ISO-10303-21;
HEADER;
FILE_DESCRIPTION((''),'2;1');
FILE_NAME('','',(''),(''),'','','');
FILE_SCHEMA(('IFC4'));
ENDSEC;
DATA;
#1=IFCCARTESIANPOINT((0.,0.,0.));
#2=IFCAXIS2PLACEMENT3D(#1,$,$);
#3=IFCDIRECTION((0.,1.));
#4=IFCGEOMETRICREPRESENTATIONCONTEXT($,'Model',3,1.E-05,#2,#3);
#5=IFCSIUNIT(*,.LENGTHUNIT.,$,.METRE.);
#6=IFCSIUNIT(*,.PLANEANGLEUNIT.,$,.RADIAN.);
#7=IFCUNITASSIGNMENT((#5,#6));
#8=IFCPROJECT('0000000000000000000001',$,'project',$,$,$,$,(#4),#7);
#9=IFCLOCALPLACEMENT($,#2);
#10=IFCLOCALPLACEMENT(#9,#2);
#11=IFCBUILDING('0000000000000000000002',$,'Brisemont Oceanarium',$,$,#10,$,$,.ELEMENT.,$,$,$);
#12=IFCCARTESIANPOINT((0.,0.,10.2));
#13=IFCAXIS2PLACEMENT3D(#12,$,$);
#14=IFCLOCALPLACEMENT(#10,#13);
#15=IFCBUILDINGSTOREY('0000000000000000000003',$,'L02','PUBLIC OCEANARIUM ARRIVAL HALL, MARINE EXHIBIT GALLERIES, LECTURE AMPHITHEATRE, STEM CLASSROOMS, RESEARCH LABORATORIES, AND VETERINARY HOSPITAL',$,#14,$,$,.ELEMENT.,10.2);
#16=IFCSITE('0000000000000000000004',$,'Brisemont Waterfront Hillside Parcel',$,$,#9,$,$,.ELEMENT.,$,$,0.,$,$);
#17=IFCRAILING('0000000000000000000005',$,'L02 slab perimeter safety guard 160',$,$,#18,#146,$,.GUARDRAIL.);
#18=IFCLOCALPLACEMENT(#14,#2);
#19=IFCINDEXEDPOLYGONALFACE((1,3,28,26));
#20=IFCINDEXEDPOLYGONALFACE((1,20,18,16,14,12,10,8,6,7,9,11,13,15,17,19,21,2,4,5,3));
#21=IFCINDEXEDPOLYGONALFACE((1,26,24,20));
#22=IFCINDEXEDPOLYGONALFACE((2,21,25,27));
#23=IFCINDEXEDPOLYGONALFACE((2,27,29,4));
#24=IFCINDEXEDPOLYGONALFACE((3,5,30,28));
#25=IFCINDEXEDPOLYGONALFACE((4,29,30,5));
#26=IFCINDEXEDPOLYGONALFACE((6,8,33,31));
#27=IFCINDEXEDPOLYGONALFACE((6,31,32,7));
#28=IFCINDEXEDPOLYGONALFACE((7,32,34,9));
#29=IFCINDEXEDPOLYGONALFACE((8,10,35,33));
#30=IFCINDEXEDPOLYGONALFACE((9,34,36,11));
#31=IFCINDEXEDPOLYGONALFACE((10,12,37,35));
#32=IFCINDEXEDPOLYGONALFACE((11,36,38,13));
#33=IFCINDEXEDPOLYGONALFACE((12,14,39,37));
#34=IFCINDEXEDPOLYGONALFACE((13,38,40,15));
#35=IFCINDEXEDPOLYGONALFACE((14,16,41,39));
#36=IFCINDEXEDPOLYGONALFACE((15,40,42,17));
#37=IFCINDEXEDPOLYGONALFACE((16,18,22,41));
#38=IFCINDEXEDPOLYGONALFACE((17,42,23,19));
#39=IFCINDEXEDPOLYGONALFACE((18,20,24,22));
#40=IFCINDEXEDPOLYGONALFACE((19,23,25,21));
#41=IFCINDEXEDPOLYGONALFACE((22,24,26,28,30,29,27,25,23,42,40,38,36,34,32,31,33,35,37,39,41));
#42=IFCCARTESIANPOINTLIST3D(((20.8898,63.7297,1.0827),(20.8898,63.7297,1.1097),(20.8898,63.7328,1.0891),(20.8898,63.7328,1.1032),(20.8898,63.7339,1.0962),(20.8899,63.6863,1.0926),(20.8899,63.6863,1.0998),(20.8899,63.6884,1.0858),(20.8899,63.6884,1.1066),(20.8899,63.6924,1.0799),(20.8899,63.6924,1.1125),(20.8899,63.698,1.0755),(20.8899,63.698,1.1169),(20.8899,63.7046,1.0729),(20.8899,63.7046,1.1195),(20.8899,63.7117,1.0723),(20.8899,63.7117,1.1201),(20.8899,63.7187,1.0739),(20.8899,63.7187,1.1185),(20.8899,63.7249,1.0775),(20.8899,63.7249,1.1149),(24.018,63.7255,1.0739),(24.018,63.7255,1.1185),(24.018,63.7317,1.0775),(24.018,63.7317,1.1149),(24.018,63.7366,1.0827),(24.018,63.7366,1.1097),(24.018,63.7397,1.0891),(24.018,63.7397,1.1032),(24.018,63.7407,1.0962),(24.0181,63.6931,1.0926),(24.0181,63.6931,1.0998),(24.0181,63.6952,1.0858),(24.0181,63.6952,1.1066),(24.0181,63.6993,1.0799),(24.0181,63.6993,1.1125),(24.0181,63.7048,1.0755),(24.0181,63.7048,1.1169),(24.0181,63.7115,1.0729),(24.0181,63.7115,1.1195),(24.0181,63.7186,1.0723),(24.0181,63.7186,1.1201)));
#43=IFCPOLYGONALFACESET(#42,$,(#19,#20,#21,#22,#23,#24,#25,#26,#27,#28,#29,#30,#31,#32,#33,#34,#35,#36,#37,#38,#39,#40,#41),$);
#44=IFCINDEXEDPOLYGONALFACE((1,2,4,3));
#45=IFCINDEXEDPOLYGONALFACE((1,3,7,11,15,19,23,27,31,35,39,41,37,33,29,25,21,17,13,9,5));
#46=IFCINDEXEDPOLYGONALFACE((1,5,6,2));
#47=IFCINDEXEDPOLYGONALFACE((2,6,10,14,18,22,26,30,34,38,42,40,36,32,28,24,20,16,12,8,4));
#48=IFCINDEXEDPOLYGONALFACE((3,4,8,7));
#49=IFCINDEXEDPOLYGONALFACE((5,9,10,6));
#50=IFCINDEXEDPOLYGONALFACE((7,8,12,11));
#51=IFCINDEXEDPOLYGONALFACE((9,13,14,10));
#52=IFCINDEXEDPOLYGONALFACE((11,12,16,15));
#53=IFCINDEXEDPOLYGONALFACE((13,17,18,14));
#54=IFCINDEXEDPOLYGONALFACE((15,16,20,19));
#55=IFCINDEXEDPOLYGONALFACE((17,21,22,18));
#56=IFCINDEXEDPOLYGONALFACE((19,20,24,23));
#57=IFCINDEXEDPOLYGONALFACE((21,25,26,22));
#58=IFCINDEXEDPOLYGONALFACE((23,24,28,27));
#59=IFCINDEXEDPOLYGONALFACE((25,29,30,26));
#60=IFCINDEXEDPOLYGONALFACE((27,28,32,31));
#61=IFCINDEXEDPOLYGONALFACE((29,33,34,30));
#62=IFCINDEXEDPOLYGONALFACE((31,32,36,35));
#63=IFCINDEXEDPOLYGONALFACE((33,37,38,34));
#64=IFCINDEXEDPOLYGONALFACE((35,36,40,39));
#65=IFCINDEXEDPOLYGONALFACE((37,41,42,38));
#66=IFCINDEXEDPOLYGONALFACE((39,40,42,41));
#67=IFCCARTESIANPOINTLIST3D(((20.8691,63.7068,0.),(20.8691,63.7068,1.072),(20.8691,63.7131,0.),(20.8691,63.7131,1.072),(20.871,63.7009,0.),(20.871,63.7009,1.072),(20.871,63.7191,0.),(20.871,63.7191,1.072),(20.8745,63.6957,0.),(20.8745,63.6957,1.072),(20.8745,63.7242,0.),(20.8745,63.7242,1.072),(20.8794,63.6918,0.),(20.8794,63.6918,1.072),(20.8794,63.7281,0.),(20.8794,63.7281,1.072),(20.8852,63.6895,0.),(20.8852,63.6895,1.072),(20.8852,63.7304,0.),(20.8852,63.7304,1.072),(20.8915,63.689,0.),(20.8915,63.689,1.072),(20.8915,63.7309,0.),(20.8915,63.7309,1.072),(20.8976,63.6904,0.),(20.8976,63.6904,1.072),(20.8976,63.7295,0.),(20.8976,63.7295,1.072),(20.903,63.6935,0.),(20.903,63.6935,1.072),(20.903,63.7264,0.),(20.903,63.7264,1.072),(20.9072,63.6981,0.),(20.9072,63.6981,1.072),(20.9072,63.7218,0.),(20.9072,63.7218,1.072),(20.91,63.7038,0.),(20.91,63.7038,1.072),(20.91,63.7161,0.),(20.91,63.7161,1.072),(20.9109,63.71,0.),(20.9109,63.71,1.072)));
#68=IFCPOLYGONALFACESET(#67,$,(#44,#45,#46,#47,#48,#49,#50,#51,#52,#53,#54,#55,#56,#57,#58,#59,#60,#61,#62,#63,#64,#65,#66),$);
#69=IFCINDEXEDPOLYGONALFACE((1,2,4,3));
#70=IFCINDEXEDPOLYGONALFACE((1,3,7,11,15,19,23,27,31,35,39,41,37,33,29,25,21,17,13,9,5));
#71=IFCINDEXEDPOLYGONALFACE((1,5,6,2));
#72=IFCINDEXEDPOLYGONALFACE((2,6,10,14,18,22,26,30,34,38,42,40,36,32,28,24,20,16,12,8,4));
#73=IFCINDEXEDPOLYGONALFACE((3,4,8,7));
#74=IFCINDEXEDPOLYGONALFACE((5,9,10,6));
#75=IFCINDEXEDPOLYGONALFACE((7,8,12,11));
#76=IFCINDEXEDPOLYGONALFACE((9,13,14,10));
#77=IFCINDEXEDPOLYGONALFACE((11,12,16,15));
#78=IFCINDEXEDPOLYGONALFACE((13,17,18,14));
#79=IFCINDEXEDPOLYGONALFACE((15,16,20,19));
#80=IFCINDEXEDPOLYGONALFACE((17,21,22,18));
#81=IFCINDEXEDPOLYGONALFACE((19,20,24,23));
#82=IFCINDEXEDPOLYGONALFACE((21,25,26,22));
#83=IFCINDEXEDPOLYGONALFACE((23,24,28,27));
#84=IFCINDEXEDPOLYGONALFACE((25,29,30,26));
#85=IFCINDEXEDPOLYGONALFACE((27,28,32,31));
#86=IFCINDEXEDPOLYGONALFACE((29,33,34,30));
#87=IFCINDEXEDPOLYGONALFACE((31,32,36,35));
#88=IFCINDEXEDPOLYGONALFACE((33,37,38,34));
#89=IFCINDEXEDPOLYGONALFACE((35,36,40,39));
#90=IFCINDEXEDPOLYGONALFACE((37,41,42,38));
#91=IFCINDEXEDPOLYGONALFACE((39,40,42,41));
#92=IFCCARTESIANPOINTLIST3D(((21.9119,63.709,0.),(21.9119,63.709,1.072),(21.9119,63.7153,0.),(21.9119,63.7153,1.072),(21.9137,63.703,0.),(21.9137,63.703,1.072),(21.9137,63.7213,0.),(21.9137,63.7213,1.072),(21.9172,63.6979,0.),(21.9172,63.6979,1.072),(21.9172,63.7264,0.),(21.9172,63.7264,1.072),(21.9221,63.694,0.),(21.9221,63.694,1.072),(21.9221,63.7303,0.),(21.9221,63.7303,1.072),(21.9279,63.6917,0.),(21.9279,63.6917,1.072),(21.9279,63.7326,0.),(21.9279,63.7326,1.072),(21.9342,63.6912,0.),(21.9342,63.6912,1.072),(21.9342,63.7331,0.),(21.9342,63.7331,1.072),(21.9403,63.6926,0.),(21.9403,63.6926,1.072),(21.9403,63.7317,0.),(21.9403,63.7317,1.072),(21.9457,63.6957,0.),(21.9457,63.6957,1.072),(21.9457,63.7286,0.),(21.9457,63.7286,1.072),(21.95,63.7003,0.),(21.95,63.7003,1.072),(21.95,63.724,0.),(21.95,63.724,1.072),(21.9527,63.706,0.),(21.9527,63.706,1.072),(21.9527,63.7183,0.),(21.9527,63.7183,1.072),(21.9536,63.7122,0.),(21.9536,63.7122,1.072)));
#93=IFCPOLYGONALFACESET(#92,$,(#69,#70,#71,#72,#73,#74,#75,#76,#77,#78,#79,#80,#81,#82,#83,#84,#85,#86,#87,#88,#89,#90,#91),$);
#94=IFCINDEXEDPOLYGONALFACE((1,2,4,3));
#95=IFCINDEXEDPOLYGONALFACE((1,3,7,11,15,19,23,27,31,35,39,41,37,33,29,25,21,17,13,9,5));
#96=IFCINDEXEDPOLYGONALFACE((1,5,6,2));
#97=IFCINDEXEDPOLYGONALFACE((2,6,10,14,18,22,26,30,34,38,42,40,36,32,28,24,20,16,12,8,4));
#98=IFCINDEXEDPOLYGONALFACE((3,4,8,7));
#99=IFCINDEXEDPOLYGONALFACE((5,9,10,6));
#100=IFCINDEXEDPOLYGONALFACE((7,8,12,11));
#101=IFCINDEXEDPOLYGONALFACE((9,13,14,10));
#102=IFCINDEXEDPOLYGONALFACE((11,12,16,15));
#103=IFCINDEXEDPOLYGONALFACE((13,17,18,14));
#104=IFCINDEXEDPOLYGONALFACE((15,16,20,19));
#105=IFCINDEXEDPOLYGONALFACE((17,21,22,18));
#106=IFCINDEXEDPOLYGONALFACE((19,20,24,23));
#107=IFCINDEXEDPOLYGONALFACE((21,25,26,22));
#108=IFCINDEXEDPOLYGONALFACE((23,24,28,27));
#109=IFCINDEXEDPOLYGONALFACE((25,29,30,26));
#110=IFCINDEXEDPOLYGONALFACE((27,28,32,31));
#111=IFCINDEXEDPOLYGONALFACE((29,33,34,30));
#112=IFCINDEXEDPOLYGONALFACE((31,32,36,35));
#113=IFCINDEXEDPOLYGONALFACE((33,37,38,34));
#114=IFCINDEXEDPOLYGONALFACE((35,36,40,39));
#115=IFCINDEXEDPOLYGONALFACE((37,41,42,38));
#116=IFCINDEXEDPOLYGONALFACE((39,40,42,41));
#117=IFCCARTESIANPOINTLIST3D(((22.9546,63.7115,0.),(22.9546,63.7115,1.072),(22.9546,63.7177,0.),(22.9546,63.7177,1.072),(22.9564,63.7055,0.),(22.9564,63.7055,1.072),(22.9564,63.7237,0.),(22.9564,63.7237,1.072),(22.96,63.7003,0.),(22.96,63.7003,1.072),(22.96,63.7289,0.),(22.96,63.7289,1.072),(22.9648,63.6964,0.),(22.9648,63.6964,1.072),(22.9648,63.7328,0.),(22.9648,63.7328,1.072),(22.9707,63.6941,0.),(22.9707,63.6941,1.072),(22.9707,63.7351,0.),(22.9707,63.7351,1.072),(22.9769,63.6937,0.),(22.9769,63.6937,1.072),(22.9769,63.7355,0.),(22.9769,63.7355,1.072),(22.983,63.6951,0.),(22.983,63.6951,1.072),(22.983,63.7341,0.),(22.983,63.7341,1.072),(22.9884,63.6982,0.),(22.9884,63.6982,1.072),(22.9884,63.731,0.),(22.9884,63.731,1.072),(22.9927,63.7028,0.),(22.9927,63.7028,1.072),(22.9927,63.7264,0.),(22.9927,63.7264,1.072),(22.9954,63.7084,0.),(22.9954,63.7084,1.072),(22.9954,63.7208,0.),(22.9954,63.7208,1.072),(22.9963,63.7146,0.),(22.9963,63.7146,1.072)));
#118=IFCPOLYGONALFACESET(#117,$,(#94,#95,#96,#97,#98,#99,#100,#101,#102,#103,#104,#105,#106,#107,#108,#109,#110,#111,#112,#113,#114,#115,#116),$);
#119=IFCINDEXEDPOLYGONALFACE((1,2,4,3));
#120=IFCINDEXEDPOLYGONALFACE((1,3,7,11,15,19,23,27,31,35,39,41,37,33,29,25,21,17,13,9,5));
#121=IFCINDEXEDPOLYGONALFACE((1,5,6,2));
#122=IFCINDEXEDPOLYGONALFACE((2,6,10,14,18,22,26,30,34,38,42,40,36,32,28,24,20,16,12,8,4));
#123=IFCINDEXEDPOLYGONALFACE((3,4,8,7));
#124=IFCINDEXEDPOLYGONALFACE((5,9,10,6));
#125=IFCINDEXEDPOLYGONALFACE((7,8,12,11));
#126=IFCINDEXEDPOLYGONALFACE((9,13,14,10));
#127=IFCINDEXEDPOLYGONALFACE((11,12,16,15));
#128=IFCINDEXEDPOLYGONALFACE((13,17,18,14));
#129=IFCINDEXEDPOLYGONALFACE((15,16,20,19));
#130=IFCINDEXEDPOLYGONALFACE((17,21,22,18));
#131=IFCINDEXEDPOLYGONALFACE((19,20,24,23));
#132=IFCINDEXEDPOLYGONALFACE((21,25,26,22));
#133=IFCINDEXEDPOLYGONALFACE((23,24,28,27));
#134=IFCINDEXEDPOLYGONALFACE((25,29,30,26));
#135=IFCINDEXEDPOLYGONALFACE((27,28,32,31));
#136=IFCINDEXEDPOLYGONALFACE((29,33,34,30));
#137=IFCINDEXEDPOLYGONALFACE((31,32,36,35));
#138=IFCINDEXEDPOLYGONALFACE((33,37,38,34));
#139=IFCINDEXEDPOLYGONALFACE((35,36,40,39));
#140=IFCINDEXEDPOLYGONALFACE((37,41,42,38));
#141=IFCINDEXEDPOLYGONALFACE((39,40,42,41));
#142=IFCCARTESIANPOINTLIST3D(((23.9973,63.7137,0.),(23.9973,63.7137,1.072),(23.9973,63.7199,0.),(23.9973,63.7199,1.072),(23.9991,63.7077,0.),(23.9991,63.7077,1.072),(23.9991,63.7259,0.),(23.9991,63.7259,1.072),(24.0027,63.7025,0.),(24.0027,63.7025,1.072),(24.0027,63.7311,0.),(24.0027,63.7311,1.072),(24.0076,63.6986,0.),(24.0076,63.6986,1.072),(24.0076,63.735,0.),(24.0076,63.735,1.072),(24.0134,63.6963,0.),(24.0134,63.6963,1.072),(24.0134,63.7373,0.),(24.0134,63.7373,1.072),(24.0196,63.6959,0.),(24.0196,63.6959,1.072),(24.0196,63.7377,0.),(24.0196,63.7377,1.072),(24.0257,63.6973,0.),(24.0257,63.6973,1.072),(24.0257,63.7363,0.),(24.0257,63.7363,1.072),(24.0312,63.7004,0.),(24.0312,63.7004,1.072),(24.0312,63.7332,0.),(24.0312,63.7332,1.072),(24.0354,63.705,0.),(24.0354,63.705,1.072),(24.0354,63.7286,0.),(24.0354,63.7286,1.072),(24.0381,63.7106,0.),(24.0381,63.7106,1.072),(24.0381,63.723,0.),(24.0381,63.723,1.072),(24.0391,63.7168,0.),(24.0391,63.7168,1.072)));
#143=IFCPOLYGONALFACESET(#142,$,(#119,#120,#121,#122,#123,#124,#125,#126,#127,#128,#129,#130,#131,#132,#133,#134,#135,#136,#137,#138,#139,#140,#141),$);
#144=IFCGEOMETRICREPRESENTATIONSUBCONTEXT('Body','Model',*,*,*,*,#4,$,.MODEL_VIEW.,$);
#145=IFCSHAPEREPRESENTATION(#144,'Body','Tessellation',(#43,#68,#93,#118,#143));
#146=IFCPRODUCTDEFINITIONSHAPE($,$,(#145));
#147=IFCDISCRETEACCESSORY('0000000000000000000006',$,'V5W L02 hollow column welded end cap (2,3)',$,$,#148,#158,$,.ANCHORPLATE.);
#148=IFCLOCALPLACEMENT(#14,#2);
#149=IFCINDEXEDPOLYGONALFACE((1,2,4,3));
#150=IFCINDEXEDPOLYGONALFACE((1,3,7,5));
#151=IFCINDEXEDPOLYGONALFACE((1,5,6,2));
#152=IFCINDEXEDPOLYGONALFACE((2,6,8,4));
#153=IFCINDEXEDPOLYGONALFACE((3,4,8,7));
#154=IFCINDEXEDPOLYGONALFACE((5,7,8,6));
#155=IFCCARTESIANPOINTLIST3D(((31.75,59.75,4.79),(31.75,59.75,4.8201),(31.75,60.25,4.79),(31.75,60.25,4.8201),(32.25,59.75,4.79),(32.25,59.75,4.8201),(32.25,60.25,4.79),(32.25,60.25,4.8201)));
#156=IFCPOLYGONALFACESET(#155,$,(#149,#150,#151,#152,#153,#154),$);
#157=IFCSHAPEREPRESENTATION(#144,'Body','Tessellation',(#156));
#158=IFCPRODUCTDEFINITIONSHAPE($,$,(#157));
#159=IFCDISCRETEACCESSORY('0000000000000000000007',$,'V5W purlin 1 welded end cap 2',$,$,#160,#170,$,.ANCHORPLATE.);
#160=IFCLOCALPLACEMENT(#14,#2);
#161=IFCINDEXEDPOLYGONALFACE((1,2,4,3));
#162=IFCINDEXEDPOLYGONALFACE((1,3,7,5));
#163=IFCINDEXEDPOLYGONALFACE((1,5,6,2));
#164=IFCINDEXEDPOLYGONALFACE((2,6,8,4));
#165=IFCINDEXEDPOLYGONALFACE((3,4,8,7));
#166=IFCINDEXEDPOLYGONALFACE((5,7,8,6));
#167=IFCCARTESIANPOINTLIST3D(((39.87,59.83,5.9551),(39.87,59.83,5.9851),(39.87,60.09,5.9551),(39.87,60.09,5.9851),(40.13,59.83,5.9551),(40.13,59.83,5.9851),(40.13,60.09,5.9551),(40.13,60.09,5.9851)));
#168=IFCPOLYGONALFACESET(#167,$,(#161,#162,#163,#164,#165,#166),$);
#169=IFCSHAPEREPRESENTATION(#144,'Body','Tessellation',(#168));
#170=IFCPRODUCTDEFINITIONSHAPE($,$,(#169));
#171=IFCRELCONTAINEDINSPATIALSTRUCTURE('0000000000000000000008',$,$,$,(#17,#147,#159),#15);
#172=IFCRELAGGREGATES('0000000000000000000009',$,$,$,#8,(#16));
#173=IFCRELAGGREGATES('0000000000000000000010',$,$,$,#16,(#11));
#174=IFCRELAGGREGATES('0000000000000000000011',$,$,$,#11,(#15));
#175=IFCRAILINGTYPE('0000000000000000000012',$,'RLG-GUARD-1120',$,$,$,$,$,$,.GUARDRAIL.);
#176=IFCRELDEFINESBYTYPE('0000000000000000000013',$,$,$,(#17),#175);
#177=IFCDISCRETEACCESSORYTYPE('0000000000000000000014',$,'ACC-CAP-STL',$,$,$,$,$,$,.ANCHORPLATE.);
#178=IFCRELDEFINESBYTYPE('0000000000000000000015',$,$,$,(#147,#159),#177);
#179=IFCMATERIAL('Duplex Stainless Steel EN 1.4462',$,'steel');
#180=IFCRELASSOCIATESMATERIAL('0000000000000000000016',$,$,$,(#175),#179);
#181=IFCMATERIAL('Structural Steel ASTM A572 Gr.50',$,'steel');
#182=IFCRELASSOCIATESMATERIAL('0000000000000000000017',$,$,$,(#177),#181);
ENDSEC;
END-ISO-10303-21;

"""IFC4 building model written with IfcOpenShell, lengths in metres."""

from ifc_helpers import new_model, si_unit, direction, frame, origin, origin_2d, place, context, subcontext, project, spatial, rectangle, circle, extrude, material, type_object, element, save


model = new_model("IFC4")

# Units and contexts
model_context = context("Model", 3, precision=1e-05, world=origin(), true_north=direction((0.0, 1.0)))
body_context = subcontext(model_context, "Body", "Model", "MODEL_VIEW")
ifc_project = project(units=[si_unit("LENGTHUNIT", "METRE"), si_unit("PLANEANGLEUNIT", "RADIAN")], contexts=[model_context])

# Site, building, storey
site_placement = place(None, origin())
site = spatial("IfcSite", under=ifc_project, at=site_placement, Name="Brisemont Waterfront Hillside Parcel", CompositionType="ELEMENT", RefElevation=0.0)
building_placement = place(site_placement, origin())
building = spatial("IfcBuilding", under=site, at=building_placement, Name="Brisemont Oceanarium", CompositionType="ELEMENT")
storey_placement = place(building_placement, frame((0.0, 0.0, 10.2)))
storey = spatial("IfcBuildingStorey", under=building, at=storey_placement, Name="L02", Description="PUBLIC OCEANARIUM ARRIVAL HALL, MARINE EXHIBIT GALLERIES, LECTURE AMPHITHEATRE, STEM CLASSROOMS, RESEARCH LABORATORIES, AND VETERINARY HOSPITAL", CompositionType="ELEMENT", Elevation=10.2)

# Railing
ifc_material_1 = material(Name="Duplex Stainless Steel EN 1.4462", Category="steel")
railing_type = type_object("IfcRailingType", Name="RLG-GUARD-1120", PredefinedType="GUARDRAIL", material=ifc_material_1)
railing_1_placement = place(storey_placement, frame((20.8899, 63.71, 0.0)))
element("IfcRailing", 1, at=railing_1_placement, inside=storey, type_object=railing_type, Name="L02 slab perimeter safety guard 160", PredefinedType="GUARDRAIL", context=body_context, shape_type="SweptSolid", body=[
    extrude(circle(Radius=0.0239, at=origin_2d()), frame((0.0, 0.0, 1.0962), z_axis=(0.999998, 0.002185, 0.0), x_axis=(-0.002185, 0.999998, 0.0)), (0.0, 0.0, 1.0), 3.1282),
    extrude(circle(Radius=0.021, at=origin_2d()), origin(), (0.0, 0.0, 1.0), 1.072),
    extrude(circle(Radius=0.021, at=origin_2d()), frame((1.0427, 0.0022, 0.0)), (0.0, 0.0, 1.0), 1.072),
    extrude(circle(Radius=0.021, at=origin_2d()), frame((2.0854, 0.0046, 0.0)), (0.0, 0.0, 1.0), 1.072),
    extrude(circle(Radius=0.021, at=origin_2d()), frame((3.1282, 0.0068, 0.0)), (0.0, 0.0, 1.0), 1.072),
])

# Discrete accessories
ifc_material_2 = material(Name="Structural Steel ASTM A572 Gr.50", Category="steel")
discrete_accessory_type = type_object("IfcDiscreteAccessoryType", Name="ACC-CAP-STL", PredefinedType="ANCHORPLATE", material=ifc_material_2)
discrete_accessory_1_placement = place(storey_placement, frame((32.0, 60.0, 4.79), z_axis=(0.0, 0.0, 1.0), x_axis=(1.0, 0.0, 0.0)))
element("IfcDiscreteAccessory", 2, at=discrete_accessory_1_placement, inside=storey, type_object=discrete_accessory_type, Name="V5W L02 hollow column welded end cap (2,3)", PredefinedType="ANCHORPLATE", context=body_context, shape_type="SweptSolid", body=[
    extrude(rectangle(XDim=0.5, YDim=0.5, at=origin_2d()), origin(), (0.0, 0.0, 1.0), 0.03),
])
discrete_accessory_2_placement = place(storey_placement, frame((40.0, 59.96, 5.9551), z_axis=(0.0, 0.0, 1.0), x_axis=(1.0, 0.0, 0.0)))
element("IfcDiscreteAccessory", 3, at=discrete_accessory_2_placement, inside=storey, type_object=discrete_accessory_type, Name="V5W purlin 1 welded end cap 2", PredefinedType="ANCHORPLATE", context=body_context, shape_type="SweptSolid", body=[
    extrude(rectangle(XDim=0.26, YDim=0.26, at=origin_2d()), origin(), (0.0, 0.0, 1.0), 0.03),
])

save(model, "model.ifc")
